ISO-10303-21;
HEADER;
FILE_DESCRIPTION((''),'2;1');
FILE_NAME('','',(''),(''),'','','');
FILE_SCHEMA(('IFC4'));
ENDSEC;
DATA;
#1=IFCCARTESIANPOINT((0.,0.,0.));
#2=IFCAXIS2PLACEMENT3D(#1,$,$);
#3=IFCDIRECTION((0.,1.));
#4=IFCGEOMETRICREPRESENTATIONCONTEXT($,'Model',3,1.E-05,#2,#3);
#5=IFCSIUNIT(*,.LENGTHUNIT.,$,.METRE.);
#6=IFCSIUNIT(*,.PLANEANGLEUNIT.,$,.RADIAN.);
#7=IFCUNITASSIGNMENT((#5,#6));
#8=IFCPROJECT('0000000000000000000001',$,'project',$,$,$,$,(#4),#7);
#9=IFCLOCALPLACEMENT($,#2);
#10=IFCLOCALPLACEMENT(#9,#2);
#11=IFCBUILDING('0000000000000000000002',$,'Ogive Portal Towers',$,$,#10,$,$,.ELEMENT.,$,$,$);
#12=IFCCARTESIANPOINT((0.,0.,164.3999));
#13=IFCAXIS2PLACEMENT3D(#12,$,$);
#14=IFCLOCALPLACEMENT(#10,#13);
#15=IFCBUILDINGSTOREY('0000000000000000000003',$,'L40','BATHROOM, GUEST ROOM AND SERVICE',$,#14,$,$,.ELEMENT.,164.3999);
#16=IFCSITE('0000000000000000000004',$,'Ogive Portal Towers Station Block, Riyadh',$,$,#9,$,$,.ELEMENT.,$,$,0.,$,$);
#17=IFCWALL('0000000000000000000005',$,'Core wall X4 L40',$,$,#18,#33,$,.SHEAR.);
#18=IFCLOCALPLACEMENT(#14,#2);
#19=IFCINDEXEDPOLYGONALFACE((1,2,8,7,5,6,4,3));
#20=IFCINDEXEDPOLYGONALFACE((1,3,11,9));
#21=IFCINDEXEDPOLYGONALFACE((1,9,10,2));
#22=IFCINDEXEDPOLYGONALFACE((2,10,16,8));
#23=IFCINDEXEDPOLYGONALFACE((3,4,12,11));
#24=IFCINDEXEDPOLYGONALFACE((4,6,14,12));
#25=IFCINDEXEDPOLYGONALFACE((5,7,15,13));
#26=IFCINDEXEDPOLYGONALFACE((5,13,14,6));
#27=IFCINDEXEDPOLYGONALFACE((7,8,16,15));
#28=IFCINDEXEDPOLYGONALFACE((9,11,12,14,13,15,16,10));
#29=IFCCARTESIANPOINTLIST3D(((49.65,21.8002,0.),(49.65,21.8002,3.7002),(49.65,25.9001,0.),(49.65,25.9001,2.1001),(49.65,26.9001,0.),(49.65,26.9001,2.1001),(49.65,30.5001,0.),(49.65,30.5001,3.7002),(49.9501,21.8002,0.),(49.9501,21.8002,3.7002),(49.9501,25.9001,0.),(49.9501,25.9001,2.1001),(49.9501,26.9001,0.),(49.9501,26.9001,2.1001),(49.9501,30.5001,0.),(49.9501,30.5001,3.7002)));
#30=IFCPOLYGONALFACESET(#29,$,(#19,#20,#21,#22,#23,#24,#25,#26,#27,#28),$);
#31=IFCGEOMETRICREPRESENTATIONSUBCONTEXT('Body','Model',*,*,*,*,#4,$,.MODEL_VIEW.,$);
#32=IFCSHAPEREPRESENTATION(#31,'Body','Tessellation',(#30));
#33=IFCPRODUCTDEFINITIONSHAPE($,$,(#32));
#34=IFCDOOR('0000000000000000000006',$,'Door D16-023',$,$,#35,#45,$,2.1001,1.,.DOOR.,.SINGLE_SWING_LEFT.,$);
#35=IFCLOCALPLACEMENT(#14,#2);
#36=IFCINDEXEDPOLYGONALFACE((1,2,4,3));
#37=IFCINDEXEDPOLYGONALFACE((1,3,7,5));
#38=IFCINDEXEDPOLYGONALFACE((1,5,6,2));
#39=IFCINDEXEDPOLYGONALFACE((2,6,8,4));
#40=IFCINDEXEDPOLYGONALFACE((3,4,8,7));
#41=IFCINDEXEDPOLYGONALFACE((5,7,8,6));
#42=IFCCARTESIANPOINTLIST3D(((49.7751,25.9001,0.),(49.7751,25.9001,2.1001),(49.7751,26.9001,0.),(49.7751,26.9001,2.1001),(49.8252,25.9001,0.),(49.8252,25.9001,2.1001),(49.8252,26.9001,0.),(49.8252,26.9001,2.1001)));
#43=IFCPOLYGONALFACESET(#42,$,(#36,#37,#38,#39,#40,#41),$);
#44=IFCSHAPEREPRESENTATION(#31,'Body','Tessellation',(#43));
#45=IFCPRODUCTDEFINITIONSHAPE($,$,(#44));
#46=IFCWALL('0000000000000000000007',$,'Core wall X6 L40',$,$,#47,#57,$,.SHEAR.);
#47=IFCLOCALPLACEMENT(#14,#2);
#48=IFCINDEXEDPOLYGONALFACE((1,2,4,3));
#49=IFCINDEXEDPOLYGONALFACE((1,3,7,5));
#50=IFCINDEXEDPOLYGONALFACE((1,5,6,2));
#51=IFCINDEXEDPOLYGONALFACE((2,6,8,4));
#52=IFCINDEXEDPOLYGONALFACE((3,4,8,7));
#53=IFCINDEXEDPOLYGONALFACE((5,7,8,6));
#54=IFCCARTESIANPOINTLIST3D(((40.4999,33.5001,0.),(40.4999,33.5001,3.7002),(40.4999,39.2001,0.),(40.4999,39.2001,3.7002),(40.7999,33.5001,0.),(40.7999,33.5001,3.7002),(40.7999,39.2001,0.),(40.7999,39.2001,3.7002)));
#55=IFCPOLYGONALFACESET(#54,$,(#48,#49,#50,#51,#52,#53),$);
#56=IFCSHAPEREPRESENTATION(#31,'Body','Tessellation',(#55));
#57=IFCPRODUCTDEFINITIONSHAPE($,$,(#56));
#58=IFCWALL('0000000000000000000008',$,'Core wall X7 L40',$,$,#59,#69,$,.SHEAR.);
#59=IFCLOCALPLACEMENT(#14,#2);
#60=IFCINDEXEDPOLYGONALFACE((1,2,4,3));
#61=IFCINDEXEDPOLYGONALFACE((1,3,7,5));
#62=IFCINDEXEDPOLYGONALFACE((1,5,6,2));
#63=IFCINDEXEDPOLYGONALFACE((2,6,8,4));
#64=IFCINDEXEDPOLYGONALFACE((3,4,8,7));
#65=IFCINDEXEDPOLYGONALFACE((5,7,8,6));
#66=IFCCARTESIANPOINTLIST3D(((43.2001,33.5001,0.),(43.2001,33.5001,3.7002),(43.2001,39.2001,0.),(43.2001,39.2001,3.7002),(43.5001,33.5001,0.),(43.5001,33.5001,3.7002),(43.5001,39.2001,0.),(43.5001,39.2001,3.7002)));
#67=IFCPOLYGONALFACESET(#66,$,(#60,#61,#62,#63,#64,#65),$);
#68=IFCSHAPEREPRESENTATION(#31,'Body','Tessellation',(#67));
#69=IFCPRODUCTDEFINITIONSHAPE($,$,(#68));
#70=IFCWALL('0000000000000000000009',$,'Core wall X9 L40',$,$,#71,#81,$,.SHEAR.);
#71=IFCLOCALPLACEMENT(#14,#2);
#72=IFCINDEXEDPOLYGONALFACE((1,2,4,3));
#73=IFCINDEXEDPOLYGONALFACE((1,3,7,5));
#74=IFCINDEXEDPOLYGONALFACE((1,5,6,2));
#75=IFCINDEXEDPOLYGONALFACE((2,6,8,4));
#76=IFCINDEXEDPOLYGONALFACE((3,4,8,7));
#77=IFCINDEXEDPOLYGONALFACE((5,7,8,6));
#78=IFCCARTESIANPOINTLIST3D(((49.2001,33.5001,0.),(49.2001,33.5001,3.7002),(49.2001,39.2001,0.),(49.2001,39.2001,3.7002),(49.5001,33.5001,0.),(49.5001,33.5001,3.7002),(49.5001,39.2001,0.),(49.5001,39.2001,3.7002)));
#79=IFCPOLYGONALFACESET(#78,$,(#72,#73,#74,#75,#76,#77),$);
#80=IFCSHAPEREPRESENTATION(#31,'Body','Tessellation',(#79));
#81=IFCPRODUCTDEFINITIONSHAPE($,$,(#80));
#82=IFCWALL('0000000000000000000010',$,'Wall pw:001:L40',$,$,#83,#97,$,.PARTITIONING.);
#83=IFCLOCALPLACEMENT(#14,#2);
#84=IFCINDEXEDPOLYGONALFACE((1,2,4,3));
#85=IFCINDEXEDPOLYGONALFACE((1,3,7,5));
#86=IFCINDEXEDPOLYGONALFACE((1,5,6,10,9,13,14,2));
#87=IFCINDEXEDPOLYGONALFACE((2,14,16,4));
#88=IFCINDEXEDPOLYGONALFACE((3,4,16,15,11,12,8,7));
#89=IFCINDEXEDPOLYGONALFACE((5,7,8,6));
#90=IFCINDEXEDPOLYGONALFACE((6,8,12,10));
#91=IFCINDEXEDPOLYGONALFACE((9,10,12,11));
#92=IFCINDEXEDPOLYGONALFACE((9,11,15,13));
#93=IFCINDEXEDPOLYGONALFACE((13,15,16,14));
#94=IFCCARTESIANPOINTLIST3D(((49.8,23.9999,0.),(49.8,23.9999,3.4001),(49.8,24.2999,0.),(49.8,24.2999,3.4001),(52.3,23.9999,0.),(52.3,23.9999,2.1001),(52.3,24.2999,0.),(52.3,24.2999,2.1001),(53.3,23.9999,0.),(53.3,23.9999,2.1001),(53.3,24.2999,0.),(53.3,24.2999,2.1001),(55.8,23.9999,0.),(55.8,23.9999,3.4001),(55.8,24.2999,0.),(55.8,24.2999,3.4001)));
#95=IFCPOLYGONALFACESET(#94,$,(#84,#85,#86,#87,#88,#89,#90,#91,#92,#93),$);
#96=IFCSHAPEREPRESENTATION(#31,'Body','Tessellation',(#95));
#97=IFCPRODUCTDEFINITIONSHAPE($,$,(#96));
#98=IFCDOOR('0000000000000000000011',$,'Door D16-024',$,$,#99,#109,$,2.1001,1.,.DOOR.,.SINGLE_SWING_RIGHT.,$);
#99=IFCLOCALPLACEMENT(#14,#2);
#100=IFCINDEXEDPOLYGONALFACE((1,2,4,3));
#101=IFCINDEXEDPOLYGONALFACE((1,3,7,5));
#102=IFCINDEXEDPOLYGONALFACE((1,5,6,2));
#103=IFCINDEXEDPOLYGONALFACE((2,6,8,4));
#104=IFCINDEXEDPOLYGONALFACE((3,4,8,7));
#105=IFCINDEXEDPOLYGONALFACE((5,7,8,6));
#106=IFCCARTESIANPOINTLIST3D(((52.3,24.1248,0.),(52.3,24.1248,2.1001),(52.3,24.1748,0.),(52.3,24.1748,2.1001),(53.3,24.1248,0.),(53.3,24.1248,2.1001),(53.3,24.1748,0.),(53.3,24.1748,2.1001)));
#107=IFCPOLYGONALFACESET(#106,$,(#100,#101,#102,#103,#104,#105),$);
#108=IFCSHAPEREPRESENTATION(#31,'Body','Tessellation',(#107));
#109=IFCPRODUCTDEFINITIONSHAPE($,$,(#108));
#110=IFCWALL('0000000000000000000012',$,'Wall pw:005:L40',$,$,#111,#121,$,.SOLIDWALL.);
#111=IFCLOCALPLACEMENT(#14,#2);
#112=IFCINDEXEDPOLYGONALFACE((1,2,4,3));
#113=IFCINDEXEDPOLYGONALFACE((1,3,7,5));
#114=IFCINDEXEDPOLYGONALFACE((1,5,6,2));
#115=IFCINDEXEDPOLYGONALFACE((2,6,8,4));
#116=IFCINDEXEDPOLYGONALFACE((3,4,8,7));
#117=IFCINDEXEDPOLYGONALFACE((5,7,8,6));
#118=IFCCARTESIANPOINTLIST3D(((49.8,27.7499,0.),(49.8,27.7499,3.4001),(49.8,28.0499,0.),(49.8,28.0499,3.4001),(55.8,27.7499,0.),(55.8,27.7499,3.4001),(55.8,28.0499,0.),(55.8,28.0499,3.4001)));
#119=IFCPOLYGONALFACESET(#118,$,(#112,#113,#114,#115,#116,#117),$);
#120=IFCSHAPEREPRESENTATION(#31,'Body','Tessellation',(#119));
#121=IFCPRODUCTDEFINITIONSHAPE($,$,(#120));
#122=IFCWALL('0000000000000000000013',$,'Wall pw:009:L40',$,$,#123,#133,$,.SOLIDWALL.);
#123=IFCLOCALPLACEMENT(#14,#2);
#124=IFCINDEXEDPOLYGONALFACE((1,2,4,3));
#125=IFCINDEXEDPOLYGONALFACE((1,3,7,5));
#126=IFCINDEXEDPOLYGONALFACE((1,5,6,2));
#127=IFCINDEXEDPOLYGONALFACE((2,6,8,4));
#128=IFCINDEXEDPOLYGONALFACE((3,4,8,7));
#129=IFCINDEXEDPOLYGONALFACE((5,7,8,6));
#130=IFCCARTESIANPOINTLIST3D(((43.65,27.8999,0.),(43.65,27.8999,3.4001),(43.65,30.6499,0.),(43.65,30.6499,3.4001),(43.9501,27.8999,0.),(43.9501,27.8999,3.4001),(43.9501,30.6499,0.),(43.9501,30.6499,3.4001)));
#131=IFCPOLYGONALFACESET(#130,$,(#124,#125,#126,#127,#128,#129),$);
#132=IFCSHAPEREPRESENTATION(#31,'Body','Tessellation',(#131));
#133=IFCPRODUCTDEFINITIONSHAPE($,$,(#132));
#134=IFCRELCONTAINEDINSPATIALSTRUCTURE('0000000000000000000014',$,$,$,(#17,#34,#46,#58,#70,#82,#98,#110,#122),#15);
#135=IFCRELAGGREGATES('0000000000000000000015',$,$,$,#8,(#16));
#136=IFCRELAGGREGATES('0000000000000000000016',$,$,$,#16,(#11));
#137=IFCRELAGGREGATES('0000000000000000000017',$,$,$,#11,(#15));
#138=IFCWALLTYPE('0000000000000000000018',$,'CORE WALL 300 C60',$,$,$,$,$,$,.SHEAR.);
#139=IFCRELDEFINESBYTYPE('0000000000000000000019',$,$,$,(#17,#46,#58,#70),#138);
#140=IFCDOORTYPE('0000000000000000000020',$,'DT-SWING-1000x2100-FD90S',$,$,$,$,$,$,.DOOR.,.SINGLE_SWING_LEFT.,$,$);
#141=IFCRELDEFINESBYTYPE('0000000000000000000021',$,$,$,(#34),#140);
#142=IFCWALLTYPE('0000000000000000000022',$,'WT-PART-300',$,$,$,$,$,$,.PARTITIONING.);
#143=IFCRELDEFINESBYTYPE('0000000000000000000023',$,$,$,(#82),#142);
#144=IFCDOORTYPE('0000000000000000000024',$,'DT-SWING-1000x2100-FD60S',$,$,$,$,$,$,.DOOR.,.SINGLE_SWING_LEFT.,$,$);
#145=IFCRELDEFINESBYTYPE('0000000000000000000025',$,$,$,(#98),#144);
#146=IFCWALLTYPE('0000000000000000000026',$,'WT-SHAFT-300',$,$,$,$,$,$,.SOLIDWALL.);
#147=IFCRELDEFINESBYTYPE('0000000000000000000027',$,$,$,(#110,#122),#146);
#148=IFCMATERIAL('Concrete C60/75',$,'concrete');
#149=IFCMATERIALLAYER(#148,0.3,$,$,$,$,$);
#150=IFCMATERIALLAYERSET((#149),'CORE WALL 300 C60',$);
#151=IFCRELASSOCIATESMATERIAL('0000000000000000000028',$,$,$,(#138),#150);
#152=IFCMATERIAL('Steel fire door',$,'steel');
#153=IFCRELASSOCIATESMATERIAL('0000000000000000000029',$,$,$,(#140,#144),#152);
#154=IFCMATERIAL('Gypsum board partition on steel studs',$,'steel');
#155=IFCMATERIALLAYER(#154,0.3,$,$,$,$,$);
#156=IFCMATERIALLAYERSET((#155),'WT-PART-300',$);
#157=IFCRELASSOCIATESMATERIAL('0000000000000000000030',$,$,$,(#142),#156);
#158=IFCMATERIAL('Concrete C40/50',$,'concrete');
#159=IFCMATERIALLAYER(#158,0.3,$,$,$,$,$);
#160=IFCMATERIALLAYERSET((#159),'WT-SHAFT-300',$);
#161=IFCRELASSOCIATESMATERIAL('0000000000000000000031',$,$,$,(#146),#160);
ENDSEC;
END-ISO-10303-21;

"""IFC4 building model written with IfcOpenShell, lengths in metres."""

from ifc_helpers import new_model, si_unit, direction, frame, frame_2d, origin, place, context, subcontext, project, spatial, rectangle, extrude, material, layer, layer_set, type_object, element, fill, save


model = new_model("IFC4")

# Units and contexts
model_context = context("Model", 3, precision=1e-05, world=origin(), true_north=direction((0.0, 1.0)))
body_context = subcontext(model_context, "Body", "Model", "MODEL_VIEW")
ifc_project = project(units=[si_unit("LENGTHUNIT", "METRE"), si_unit("PLANEANGLEUNIT", "RADIAN")], contexts=[model_context])

# Site, building, storey
site_placement = place(None, origin())
site = spatial("IfcSite", under=ifc_project, at=site_placement, Name="Ogive Portal Towers Station Block, Riyadh", CompositionType="ELEMENT", RefElevation=0.0)
building_placement = place(site_placement, origin())
building = spatial("IfcBuilding", under=site, at=building_placement, Name="Ogive Portal Towers", CompositionType="ELEMENT")
storey_placement = place(building_placement, frame((0.0, 0.0, 164.3999)))
storey = spatial("IfcBuildingStorey", under=building, at=storey_placement, Name="L40", Description="BATHROOM, GUEST ROOM AND SERVICE", CompositionType="ELEMENT", Elevation=164.3999)

# Wall, opening, door
ifc_material_1 = material(Name="Concrete C60/75", Category="concrete")
ifc_layer_1 = layer(ifc_material_1, 0.3)
ifc_layer_set_1 = layer_set([ifc_layer_1], Name="CORE WALL 300 C60")
wall_type_1 = type_object("IfcWallType", Name="CORE WALL 300 C60", PredefinedType="SHEAR", material=ifc_layer_set_1)
wall_1_placement = place(storey_placement, frame((49.8, 21.8, 0.0), z_axis=(0.0, 0.0, 1.0), x_axis=(0.0, 1.0, 0.0)))
wall_1 = element("IfcWall", 1, at=wall_1_placement, inside=storey, type_object=wall_type_1, Name="Core wall X4 L40", PredefinedType="SHEAR", context=body_context, shape_type="SweptSolid", body=[
    extrude(rectangle(XDim=8.7, YDim=0.3, at=frame_2d((4.3501, 0.0))), origin(), (0.0, 0.0, 1.0), 3.7002),
])
opening_1_placement = place(wall_1_placement, frame((4.1001, 0.0, 0.0)))
opening_1 = element("IfcOpeningElement", 2, at=opening_1_placement, cuts=wall_1, PredefinedType="OPENING", context=body_context, shape_type="SweptSolid", body=[
    extrude(rectangle(XDim=1.0, YDim=2.1001, at=frame_2d((0.5, 1.05))), frame((0.0, 0.1602, 0.0), z_axis=(0.0, -1.0, 0.0), x_axis=(1.0, 0.0, 0.0)), (0.0, 0.0, 1.0), 0.3201),
])
ifc_material_2 = material(Name="Steel fire door", Category="steel")
door_type_1 = type_object("IfcDoorType", Name="DT-SWING-1000x2100-FD90S", OperationType="SINGLE_SWING_LEFT", PredefinedType="DOOR", material=ifc_material_2)
door_1_placement = place(opening_1_placement, origin())
door_1 = element("IfcDoor", 3, at=door_1_placement, inside=storey, type_object=door_type_1, Name="Door D16-023", OperationType="SINGLE_SWING_LEFT", OverallHeight=2.1001, OverallWidth=1.0, PredefinedType="DOOR", context=body_context, shape_type="SweptSolid", body=[
    extrude(rectangle(XDim=1.0, YDim=2.1001, at=frame_2d((0.5, 1.05))), frame((0.0, 0.0249, 0.0), z_axis=(0.0, -1.0, 0.0), x_axis=(1.0, 0.0, 0.0)), (0.0, 0.0, 1.0), 0.05),
])
fill(opening_1, door_1)

# Walls
for number, where, z_axis, x_axis, name in (
    (4, (40.6499, 33.5, 0.0), (0.0, 0.0, 1.0), (0.0, 1.0, 0.0), "Core wall X6 L40"),
    (5, (43.3501, 33.5, 0.0), (0.0, 0.0, 1.0), (0.0, 1.0, 0.0), "Core wall X7 L40"),
    (6, (49.3501, 33.5, 0.0), (0.0, 0.0, 1.0), (0.0, 1.0, 0.0), "Core wall X9 L40"),
):
    element("IfcWall", number, at=place(storey_placement, frame(where, z_axis=z_axis, x_axis=x_axis)), inside=storey, type_object=wall_type_1, Name=name, PredefinedType="SHEAR", context=body_context, shape_type="SweptSolid", body=[
        extrude(rectangle(XDim=5.7, YDim=0.3, at=frame_2d((2.8501, 0.0))), origin(), (0.0, 0.0, 1.0), 3.7002),
    ])

# Wall, opening, door
ifc_material_3 = material(Name="Gypsum board partition on steel studs", Category="steel")
ifc_layer_2 = layer(ifc_material_3, 0.3)
ifc_layer_set_2 = layer_set([ifc_layer_2], Name="WT-PART-300")
wall_type_2 = type_object("IfcWallType", Name="WT-PART-300", PredefinedType="PARTITIONING", material=ifc_layer_set_2)
wall_2_placement = place(storey_placement, frame((49.8, 24.1499, 0.0), z_axis=(0.0, 0.0, 1.0), x_axis=(1.0, 0.0, 0.0)))
wall_2 = element("IfcWall", 7, at=wall_2_placement, inside=storey, type_object=wall_type_2, Name="Wall pw:001:L40", PredefinedType="PARTITIONING", context=body_context, shape_type="SweptSolid", body=[
    extrude(rectangle(XDim=6.0, YDim=0.3, at=frame_2d((3.0, 0.0))), origin(), (0.0, 0.0, 1.0), 3.4001),
])
opening_2_placement = place(wall_2_placement, frame((2.5, 0.0, 0.0)))
opening_2 = element("IfcOpeningElement", 8, at=opening_2_placement, cuts=wall_2, PredefinedType="OPENING", context=body_context, shape_type="SweptSolid", body=[
    extrude(rectangle(XDim=1.0, YDim=2.1001, at=frame_2d((0.5, 1.05))), frame((0.0, 0.1602, 0.0), z_axis=(0.0, -1.0, 0.0), x_axis=(1.0, 0.0, 0.0)), (0.0, 0.0, 1.0), 0.3201),
])
door_type_2 = type_object("IfcDoorType", Name="DT-SWING-1000x2100-FD60S", OperationType="SINGLE_SWING_LEFT", PredefinedType="DOOR", material=ifc_material_2)
door_2_placement = place(opening_2_placement, origin())
door_2 = element("IfcDoor", 9, at=door_2_placement, inside=storey, type_object=door_type_2, Name="Door D16-024", OperationType="SINGLE_SWING_RIGHT", OverallHeight=2.1001, OverallWidth=1.0, PredefinedType="DOOR", context=body_context, shape_type="SweptSolid", body=[
    extrude(rectangle(XDim=1.0, YDim=2.1001, at=frame_2d((0.5, 1.05))), frame((0.0, 0.0249, 0.0), z_axis=(0.0, -1.0, 0.0), x_axis=(1.0, 0.0, 0.0)), (0.0, 0.0, 1.0), 0.05),
])
fill(opening_2, door_2)

# Shared definitions
ifc_material_4 = material(Name="Concrete C40/50", Category="concrete")
ifc_layer_3 = layer(ifc_material_4, 0.3)
ifc_layer_set_3 = layer_set([ifc_layer_3], Name="WT-SHAFT-300")
wall_type_3 = type_object("IfcWallType", Name="WT-SHAFT-300", PredefinedType="SOLIDWALL", material=ifc_layer_set_3)

# Walls
wall_3_placement = place(storey_placement, frame((49.8, 27.8999, 0.0), z_axis=(0.0, 0.0, 1.0), x_axis=(1.0, 0.0, 0.0)))
element("IfcWall", 10, at=wall_3_placement, inside=storey, type_object=wall_type_3, Name="Wall pw:005:L40", PredefinedType="SOLIDWALL", context=body_context, shape_type="SweptSolid", body=[
    extrude(rectangle(XDim=6.0, YDim=0.3, at=frame_2d((3.0, 0.0))), origin(), (0.0, 0.0, 1.0), 3.4001),
])
wall_4_placement = place(storey_placement, frame((43.8, 27.8999, 0.0), z_axis=(0.0, 0.0, 1.0), x_axis=(0.0, 1.0, 0.0)))
element("IfcWall", 11, at=wall_4_placement, inside=storey, type_object=wall_type_3, Name="Wall pw:009:L40", PredefinedType="SOLIDWALL", context=body_context, shape_type="SweptSolid", body=[
    extrude(rectangle(XDim=2.75, YDim=0.3, at=frame_2d((1.375, 0.0))), origin(), (0.0, 0.0, 1.0), 3.4001),
])

save(model, "model.ifc")
